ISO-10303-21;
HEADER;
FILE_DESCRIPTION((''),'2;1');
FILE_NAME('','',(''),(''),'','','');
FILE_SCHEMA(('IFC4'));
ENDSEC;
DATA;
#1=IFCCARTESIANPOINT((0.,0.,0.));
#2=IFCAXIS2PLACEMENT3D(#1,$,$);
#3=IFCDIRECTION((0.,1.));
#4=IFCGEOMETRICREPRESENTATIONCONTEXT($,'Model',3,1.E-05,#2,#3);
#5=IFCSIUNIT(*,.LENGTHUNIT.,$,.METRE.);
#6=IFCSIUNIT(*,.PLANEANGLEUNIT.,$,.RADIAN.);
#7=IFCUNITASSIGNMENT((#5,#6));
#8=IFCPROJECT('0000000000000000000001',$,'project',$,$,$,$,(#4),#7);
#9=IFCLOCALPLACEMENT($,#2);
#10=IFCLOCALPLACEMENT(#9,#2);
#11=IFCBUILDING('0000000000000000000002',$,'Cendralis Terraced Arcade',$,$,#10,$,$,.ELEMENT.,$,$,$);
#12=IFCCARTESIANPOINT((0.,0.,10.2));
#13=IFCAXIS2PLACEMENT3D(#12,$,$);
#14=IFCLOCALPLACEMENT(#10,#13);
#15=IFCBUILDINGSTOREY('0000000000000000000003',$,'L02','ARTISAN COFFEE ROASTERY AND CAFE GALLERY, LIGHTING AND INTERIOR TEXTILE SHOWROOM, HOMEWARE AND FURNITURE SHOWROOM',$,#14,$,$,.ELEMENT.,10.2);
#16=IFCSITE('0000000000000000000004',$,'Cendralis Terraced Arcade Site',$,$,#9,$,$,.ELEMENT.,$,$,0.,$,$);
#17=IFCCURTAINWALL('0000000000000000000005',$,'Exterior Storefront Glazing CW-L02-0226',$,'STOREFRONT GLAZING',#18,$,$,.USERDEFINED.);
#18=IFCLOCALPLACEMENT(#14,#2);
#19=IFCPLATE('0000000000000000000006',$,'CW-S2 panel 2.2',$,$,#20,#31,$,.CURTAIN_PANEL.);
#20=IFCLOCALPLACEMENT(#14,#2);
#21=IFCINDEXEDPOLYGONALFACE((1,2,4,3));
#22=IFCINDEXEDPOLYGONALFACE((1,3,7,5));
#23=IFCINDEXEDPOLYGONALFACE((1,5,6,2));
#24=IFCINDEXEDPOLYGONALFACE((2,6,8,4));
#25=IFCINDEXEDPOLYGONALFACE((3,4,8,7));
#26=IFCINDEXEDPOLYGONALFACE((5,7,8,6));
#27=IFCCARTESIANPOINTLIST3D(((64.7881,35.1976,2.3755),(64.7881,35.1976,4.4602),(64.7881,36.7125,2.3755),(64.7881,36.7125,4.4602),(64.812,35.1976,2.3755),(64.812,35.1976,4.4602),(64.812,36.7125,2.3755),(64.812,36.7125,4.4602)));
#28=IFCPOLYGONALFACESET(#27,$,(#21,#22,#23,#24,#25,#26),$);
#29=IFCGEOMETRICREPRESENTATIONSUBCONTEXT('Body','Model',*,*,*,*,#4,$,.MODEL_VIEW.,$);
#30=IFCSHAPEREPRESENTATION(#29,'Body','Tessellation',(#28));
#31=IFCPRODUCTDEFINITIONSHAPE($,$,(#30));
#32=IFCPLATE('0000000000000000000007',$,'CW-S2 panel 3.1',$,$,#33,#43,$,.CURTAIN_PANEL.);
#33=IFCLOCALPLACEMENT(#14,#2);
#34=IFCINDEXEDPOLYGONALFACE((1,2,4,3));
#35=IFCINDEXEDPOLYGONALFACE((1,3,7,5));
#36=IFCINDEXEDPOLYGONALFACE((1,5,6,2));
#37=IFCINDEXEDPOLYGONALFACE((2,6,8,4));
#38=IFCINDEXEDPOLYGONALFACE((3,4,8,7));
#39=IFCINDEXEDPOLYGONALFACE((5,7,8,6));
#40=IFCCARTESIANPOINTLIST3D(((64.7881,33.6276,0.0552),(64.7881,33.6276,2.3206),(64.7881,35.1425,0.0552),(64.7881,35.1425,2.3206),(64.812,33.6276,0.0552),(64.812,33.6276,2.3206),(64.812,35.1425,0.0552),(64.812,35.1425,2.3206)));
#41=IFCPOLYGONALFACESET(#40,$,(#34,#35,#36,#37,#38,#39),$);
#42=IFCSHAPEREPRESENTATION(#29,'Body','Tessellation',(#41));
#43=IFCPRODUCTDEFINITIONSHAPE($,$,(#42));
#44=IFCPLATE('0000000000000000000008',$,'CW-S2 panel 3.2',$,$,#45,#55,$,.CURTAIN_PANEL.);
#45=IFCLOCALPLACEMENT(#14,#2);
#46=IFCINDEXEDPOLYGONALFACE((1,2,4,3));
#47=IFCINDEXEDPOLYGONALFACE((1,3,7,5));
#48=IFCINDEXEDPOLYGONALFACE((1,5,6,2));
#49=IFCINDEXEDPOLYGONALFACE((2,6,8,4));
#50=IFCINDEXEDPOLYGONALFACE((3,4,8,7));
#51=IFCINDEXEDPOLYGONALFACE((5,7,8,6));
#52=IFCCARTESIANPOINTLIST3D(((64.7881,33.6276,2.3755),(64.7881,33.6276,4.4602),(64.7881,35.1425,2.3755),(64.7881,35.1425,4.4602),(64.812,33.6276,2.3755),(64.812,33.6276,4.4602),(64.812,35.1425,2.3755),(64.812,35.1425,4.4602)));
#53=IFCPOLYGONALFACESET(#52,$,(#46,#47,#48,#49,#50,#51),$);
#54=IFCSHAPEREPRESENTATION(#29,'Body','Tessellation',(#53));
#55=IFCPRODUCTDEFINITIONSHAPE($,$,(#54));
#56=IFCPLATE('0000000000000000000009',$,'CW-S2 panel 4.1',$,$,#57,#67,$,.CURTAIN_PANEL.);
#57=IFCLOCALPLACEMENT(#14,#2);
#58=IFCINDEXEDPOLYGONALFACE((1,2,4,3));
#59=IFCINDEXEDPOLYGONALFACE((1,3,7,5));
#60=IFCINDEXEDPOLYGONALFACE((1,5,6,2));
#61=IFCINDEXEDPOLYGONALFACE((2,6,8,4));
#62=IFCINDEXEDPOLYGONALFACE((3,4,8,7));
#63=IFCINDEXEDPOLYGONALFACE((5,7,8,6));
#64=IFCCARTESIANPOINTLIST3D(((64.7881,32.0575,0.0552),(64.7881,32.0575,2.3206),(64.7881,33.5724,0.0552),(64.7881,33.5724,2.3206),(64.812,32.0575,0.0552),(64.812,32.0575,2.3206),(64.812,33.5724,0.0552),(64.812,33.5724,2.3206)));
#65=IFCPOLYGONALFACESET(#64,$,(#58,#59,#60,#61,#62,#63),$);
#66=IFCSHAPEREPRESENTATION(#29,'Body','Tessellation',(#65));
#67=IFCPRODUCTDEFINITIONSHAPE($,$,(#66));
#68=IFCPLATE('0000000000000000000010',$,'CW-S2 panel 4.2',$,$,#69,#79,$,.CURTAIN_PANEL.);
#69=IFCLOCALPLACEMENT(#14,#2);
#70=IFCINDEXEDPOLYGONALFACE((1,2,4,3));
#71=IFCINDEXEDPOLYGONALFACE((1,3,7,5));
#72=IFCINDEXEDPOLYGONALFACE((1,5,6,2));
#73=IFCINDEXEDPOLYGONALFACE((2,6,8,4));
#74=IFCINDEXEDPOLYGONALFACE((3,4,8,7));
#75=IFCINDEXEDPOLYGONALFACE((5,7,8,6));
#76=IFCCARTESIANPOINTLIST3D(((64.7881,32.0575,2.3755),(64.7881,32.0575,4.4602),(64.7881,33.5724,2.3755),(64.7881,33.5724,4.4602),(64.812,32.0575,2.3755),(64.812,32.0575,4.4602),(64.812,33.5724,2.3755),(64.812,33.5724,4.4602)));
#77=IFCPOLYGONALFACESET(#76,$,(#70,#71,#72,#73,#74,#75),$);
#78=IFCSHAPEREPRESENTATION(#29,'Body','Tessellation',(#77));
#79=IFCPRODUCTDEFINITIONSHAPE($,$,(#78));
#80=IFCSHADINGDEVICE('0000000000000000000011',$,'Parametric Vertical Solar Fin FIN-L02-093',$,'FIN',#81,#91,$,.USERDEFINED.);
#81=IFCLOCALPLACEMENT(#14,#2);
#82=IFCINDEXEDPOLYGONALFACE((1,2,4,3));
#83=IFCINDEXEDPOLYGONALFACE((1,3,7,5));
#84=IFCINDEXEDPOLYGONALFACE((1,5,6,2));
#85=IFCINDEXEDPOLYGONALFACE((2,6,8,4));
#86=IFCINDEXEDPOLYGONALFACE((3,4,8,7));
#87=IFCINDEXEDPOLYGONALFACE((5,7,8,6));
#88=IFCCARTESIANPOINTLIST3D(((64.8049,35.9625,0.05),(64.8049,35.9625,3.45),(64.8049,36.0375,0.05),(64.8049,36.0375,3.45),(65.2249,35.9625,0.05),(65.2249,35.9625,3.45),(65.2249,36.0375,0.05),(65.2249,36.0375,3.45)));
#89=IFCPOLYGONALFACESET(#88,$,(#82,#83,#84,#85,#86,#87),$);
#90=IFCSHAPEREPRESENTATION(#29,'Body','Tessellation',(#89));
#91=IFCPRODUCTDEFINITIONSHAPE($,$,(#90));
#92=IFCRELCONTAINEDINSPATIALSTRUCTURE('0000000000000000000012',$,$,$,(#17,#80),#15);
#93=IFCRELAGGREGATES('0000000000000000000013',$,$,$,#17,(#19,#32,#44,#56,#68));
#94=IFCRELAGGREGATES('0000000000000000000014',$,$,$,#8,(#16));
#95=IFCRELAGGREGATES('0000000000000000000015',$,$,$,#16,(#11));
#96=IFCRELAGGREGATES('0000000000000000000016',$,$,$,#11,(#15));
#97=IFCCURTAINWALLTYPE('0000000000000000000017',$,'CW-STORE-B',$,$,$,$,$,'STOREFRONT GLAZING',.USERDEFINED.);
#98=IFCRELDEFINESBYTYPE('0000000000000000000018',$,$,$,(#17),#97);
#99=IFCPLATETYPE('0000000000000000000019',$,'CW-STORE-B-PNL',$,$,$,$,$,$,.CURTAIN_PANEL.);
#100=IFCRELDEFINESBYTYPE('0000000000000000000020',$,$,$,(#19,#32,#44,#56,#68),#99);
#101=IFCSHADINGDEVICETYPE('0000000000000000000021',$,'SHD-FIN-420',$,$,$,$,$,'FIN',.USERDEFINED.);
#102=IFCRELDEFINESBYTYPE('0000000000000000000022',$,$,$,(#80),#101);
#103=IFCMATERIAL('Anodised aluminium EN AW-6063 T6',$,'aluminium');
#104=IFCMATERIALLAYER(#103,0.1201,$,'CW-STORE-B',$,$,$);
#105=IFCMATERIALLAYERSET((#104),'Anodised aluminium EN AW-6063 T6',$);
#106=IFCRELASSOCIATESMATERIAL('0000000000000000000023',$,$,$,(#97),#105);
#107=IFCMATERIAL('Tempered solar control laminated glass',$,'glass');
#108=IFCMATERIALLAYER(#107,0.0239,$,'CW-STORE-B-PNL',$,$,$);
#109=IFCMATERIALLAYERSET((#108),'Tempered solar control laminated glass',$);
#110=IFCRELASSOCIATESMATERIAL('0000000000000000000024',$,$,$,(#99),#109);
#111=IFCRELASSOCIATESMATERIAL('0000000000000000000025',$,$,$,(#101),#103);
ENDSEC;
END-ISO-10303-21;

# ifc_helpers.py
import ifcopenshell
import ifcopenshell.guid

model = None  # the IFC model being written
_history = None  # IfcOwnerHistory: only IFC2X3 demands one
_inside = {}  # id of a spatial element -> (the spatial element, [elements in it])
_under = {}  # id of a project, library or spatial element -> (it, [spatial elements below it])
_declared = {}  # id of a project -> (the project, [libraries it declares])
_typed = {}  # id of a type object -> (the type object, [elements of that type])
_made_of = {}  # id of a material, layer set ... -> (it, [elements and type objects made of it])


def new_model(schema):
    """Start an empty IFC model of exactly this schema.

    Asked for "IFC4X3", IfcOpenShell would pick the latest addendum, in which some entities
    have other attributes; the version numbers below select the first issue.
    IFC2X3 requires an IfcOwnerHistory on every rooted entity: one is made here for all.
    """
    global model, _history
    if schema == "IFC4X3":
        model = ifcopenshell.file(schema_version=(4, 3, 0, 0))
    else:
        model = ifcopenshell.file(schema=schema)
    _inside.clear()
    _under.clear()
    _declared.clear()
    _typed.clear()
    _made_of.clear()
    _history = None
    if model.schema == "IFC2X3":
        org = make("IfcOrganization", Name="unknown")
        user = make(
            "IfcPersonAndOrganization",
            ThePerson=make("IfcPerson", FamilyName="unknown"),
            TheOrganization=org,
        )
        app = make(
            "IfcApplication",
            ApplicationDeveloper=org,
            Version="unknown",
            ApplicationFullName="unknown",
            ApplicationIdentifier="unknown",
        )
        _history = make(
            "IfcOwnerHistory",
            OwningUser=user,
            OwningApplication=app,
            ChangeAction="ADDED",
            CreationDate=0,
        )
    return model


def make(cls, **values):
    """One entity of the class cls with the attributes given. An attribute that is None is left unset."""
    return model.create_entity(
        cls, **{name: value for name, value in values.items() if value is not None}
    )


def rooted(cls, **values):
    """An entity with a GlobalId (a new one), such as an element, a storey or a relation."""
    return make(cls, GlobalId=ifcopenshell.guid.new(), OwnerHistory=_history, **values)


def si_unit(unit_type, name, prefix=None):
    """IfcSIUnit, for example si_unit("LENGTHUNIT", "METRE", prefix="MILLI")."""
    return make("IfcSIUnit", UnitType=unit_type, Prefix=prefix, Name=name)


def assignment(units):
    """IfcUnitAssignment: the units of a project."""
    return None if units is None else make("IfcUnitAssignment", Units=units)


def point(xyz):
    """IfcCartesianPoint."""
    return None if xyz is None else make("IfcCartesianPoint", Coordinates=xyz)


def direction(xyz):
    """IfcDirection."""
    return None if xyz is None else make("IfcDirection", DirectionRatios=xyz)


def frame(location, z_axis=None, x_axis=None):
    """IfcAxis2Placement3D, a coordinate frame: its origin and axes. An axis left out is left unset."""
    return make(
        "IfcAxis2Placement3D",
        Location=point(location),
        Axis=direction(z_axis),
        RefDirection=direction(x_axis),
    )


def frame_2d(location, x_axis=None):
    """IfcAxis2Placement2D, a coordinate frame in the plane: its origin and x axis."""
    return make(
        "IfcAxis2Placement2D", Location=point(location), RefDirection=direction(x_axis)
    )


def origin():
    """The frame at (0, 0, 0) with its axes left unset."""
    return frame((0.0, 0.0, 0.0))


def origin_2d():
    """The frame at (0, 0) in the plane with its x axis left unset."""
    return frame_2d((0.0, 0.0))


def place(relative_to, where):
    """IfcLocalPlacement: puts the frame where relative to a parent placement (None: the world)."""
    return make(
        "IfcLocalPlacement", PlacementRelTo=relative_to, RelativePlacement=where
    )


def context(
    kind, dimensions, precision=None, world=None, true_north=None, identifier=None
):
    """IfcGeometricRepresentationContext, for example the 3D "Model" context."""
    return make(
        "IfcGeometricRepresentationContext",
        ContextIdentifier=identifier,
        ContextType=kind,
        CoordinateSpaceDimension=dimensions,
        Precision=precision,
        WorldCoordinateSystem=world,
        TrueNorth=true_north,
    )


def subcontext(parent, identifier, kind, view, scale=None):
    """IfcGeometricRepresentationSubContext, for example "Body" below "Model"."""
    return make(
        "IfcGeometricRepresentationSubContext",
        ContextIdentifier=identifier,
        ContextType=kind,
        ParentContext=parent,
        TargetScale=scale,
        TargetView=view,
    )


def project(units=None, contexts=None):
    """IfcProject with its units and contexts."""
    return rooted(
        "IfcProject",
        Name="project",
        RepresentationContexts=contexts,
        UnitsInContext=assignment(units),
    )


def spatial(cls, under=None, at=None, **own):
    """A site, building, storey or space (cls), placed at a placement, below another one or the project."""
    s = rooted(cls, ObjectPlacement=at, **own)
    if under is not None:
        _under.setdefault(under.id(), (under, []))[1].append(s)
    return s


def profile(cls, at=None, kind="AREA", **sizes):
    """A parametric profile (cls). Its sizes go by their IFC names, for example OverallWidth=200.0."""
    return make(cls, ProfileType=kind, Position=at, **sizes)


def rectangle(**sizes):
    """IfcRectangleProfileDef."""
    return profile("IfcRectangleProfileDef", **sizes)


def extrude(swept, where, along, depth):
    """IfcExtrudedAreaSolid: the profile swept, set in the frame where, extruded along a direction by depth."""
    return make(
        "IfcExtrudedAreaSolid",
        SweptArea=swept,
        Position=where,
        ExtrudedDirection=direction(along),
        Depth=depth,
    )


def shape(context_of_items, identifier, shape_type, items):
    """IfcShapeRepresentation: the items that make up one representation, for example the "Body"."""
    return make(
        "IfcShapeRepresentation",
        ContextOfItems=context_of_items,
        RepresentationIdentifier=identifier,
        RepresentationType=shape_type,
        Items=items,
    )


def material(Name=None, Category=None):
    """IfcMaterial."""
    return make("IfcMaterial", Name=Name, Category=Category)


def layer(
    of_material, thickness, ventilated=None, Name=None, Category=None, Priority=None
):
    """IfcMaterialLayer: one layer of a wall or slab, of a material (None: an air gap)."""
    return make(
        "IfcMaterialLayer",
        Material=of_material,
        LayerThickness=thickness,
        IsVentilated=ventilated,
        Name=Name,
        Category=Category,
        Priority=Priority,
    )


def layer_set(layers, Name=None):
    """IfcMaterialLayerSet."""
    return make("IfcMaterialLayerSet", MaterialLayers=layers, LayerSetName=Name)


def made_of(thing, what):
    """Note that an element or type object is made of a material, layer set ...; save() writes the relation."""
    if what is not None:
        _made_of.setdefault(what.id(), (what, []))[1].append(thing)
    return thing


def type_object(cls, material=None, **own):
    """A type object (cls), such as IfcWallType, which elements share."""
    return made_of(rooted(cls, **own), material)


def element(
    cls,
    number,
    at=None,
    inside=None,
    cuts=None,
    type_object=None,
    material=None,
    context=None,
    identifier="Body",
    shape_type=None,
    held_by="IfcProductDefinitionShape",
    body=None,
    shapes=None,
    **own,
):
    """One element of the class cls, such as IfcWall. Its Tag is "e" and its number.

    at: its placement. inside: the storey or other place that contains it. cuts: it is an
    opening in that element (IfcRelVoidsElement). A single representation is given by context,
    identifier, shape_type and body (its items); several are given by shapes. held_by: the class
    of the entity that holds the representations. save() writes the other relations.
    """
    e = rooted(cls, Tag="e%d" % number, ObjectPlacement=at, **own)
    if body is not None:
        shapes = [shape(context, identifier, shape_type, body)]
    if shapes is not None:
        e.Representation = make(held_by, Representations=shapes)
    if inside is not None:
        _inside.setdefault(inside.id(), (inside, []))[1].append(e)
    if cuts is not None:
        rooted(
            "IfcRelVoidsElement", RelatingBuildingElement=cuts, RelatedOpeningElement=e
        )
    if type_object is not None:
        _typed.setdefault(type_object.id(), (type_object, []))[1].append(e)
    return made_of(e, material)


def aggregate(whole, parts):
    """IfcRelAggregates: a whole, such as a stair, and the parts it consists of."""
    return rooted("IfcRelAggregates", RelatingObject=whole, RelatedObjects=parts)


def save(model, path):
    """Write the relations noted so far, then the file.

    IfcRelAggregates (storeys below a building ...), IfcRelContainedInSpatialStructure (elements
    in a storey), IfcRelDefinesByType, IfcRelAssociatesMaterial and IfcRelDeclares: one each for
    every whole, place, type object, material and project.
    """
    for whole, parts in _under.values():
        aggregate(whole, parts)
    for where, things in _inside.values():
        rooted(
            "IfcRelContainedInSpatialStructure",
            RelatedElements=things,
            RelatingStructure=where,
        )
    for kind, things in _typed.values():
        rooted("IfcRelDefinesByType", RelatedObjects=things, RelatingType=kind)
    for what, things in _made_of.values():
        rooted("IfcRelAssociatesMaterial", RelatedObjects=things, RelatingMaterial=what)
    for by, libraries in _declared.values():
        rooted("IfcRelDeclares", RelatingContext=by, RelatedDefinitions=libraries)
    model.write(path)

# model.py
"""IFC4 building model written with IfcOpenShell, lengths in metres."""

from ifc_helpers import new_model, si_unit, direction, frame, origin, origin_2d, place, context, subcontext, project, spatial, rectangle, extrude, material, layer, layer_set, type_object, element, aggregate, save


model = new_model("IFC4")

# Units and contexts
model_context = context("Model", 3, precision=1e-05, world=origin(), true_north=direction((0.0, 1.0)))
body_context = subcontext(model_context, "Body", "Model", "MODEL_VIEW")
ifc_project = project(units=[si_unit("LENGTHUNIT", "METRE"), si_unit("PLANEANGLEUNIT", "RADIAN")], contexts=[model_context])

# Site, building, storey
site_placement = place(None, origin())
site = spatial("IfcSite", under=ifc_project, at=site_placement, Name="Cendralis Terraced Arcade Site", CompositionType="ELEMENT", RefElevation=0.0)
building_placement = place(site_placement, origin())
building = spatial("IfcBuilding", under=site, at=building_placement, Name="Cendralis Terraced Arcade", CompositionType="ELEMENT")
storey_placement = place(building_placement, frame((0.0, 0.0, 10.2)))
storey = spatial("IfcBuildingStorey", under=building, at=storey_placement, Name="L02", Description="ARTISAN COFFEE ROASTERY AND CAFE GALLERY, LIGHTING AND INTERIOR TEXTILE SHOWROOM, HOMEWARE AND FURNITURE SHOWROOM", CompositionType="ELEMENT", Elevation=10.2)

# Curtain wall, plates
ifc_material_1 = material(Name="Anodised aluminium EN AW-6063 T6", Category="aluminium")
ifc_layer_1 = layer(ifc_material_1, 0.1201, Name="CW-STORE-B")
ifc_layer_set_1 = layer_set([ifc_layer_1], Name="Anodised aluminium EN AW-6063 T6")
curtain_wall_type = type_object("IfcCurtainWallType", Name="CW-STORE-B", ElementType="STOREFRONT GLAZING", PredefinedType="USERDEFINED", material=ifc_layer_set_1)
curtain_wall_placement = place(storey_placement, origin())
curtain_wall = element("IfcCurtainWall", 1, at=curtain_wall_placement, inside=storey, type_object=curtain_wall_type, Name="Exterior Storefront Glazing CW-L02-0226", ObjectType="STOREFRONT GLAZING", PredefinedType="USERDEFINED")
ifc_material_2 = material(Name="Tempered solar control laminated glass", Category="glass")
ifc_layer_2 = layer(ifc_material_2, 0.0239, Name="CW-STORE-B-PNL")
ifc_layer_set_2 = layer_set([ifc_layer_2], Name="Tempered solar control laminated glass")
plate_type = type_object("IfcPlateType", Name="CW-STORE-B-PNL", PredefinedType="CURTAIN_PANEL", material=ifc_layer_set_2)
plate_1_placement = place(storey_placement, frame((64.8, 35.9551, 2.3755), z_axis=(0.0, 0.0, 1.0), x_axis=(0.0, -1.0, 0.0)))
plate_1 = element("IfcPlate", 2, at=plate_1_placement, type_object=plate_type, Name="CW-S2 panel 2.2", PredefinedType="CURTAIN_PANEL", context=body_context, shape_type="SweptSolid", body=[
    extrude(rectangle(XDim=1.5149, YDim=0.0239, at=origin_2d()), origin(), (0.0, 0.0, 1.0), 2.0847),
])
plate_2_placement = place(storey_placement, frame((64.8, 34.385, 0.0552), z_axis=(0.0, 0.0, 1.0), x_axis=(0.0, -1.0, 0.0)))
plate_2 = element("IfcPlate", 3, at=plate_2_placement, type_object=plate_type, Name="CW-S2 panel 3.1", PredefinedType="CURTAIN_PANEL", context=body_context, shape_type="SweptSolid", body=[
    extrude(rectangle(XDim=1.5149, YDim=0.0239, at=origin_2d()), origin(), (0.0, 0.0, 1.0), 2.2654),
])
plate_3_placement = place(storey_placement, frame((64.8, 34.385, 2.3755), z_axis=(0.0, 0.0, 1.0), x_axis=(0.0, -1.0, 0.0)))
plate_3 = element("IfcPlate", 4, at=plate_3_placement, type_object=plate_type, Name="CW-S2 panel 3.2", PredefinedType="CURTAIN_PANEL", context=body_context, shape_type="SweptSolid", body=[
    extrude(rectangle(XDim=1.5149, YDim=0.0239, at=origin_2d()), origin(), (0.0, 0.0, 1.0), 2.0847),
])
plate_4_placement = place(storey_placement, frame((64.8, 32.8149, 0.0552), z_axis=(0.0, 0.0, 1.0), x_axis=(0.0, -1.0, 0.0)))
plate_4 = element("IfcPlate", 5, at=plate_4_placement, type_object=plate_type, Name="CW-S2 panel 4.1", PredefinedType="CURTAIN_PANEL", context=body_context, shape_type="SweptSolid", body=[
    extrude(rectangle(XDim=1.5149, YDim=0.0239, at=origin_2d()), origin(), (0.0, 0.0, 1.0), 2.2654),
])
plate_5_placement = place(storey_placement, frame((64.8, 32.8149, 2.3755), z_axis=(0.0, 0.0, 1.0), x_axis=(0.0, -1.0, 0.0)))
plate_5 = element("IfcPlate", 6, at=plate_5_placement, type_object=plate_type, Name="CW-S2 panel 4.2", PredefinedType="CURTAIN_PANEL", context=body_context, shape_type="SweptSolid", body=[
    extrude(rectangle(XDim=1.5149, YDim=0.0239, at=origin_2d()), origin(), (0.0, 0.0, 1.0), 2.0847),
])
aggregate(curtain_wall, [plate_1, plate_2, plate_3, plate_4, plate_5])

# Shading device
shading_device_type = type_object("IfcShadingDeviceType", Name="SHD-FIN-420", ElementType="FIN", PredefinedType="USERDEFINED", material=ifc_material_1)
shading_device_placement = place(storey_placement, frame((65.0149, 36.0, 0.05), z_axis=(0.0, 0.0, 1.0), x_axis=(0.0, -1.0, 0.0)))
element("IfcShadingDevice", 7, at=shading_device_placement, inside=storey, type_object=shading_device_type, Name="Parametric Vertical Solar Fin FIN-L02-093", ObjectType="FIN", PredefinedType="USERDEFINED", context=body_context, shape_type="SweptSolid", body=[
    extrude(rectangle(XDim=0.075, YDim=0.4199, at=origin_2d()), origin(), (0.0, 0.0, 1.0), 3.3999),
])

save(model, "model.ifc")
